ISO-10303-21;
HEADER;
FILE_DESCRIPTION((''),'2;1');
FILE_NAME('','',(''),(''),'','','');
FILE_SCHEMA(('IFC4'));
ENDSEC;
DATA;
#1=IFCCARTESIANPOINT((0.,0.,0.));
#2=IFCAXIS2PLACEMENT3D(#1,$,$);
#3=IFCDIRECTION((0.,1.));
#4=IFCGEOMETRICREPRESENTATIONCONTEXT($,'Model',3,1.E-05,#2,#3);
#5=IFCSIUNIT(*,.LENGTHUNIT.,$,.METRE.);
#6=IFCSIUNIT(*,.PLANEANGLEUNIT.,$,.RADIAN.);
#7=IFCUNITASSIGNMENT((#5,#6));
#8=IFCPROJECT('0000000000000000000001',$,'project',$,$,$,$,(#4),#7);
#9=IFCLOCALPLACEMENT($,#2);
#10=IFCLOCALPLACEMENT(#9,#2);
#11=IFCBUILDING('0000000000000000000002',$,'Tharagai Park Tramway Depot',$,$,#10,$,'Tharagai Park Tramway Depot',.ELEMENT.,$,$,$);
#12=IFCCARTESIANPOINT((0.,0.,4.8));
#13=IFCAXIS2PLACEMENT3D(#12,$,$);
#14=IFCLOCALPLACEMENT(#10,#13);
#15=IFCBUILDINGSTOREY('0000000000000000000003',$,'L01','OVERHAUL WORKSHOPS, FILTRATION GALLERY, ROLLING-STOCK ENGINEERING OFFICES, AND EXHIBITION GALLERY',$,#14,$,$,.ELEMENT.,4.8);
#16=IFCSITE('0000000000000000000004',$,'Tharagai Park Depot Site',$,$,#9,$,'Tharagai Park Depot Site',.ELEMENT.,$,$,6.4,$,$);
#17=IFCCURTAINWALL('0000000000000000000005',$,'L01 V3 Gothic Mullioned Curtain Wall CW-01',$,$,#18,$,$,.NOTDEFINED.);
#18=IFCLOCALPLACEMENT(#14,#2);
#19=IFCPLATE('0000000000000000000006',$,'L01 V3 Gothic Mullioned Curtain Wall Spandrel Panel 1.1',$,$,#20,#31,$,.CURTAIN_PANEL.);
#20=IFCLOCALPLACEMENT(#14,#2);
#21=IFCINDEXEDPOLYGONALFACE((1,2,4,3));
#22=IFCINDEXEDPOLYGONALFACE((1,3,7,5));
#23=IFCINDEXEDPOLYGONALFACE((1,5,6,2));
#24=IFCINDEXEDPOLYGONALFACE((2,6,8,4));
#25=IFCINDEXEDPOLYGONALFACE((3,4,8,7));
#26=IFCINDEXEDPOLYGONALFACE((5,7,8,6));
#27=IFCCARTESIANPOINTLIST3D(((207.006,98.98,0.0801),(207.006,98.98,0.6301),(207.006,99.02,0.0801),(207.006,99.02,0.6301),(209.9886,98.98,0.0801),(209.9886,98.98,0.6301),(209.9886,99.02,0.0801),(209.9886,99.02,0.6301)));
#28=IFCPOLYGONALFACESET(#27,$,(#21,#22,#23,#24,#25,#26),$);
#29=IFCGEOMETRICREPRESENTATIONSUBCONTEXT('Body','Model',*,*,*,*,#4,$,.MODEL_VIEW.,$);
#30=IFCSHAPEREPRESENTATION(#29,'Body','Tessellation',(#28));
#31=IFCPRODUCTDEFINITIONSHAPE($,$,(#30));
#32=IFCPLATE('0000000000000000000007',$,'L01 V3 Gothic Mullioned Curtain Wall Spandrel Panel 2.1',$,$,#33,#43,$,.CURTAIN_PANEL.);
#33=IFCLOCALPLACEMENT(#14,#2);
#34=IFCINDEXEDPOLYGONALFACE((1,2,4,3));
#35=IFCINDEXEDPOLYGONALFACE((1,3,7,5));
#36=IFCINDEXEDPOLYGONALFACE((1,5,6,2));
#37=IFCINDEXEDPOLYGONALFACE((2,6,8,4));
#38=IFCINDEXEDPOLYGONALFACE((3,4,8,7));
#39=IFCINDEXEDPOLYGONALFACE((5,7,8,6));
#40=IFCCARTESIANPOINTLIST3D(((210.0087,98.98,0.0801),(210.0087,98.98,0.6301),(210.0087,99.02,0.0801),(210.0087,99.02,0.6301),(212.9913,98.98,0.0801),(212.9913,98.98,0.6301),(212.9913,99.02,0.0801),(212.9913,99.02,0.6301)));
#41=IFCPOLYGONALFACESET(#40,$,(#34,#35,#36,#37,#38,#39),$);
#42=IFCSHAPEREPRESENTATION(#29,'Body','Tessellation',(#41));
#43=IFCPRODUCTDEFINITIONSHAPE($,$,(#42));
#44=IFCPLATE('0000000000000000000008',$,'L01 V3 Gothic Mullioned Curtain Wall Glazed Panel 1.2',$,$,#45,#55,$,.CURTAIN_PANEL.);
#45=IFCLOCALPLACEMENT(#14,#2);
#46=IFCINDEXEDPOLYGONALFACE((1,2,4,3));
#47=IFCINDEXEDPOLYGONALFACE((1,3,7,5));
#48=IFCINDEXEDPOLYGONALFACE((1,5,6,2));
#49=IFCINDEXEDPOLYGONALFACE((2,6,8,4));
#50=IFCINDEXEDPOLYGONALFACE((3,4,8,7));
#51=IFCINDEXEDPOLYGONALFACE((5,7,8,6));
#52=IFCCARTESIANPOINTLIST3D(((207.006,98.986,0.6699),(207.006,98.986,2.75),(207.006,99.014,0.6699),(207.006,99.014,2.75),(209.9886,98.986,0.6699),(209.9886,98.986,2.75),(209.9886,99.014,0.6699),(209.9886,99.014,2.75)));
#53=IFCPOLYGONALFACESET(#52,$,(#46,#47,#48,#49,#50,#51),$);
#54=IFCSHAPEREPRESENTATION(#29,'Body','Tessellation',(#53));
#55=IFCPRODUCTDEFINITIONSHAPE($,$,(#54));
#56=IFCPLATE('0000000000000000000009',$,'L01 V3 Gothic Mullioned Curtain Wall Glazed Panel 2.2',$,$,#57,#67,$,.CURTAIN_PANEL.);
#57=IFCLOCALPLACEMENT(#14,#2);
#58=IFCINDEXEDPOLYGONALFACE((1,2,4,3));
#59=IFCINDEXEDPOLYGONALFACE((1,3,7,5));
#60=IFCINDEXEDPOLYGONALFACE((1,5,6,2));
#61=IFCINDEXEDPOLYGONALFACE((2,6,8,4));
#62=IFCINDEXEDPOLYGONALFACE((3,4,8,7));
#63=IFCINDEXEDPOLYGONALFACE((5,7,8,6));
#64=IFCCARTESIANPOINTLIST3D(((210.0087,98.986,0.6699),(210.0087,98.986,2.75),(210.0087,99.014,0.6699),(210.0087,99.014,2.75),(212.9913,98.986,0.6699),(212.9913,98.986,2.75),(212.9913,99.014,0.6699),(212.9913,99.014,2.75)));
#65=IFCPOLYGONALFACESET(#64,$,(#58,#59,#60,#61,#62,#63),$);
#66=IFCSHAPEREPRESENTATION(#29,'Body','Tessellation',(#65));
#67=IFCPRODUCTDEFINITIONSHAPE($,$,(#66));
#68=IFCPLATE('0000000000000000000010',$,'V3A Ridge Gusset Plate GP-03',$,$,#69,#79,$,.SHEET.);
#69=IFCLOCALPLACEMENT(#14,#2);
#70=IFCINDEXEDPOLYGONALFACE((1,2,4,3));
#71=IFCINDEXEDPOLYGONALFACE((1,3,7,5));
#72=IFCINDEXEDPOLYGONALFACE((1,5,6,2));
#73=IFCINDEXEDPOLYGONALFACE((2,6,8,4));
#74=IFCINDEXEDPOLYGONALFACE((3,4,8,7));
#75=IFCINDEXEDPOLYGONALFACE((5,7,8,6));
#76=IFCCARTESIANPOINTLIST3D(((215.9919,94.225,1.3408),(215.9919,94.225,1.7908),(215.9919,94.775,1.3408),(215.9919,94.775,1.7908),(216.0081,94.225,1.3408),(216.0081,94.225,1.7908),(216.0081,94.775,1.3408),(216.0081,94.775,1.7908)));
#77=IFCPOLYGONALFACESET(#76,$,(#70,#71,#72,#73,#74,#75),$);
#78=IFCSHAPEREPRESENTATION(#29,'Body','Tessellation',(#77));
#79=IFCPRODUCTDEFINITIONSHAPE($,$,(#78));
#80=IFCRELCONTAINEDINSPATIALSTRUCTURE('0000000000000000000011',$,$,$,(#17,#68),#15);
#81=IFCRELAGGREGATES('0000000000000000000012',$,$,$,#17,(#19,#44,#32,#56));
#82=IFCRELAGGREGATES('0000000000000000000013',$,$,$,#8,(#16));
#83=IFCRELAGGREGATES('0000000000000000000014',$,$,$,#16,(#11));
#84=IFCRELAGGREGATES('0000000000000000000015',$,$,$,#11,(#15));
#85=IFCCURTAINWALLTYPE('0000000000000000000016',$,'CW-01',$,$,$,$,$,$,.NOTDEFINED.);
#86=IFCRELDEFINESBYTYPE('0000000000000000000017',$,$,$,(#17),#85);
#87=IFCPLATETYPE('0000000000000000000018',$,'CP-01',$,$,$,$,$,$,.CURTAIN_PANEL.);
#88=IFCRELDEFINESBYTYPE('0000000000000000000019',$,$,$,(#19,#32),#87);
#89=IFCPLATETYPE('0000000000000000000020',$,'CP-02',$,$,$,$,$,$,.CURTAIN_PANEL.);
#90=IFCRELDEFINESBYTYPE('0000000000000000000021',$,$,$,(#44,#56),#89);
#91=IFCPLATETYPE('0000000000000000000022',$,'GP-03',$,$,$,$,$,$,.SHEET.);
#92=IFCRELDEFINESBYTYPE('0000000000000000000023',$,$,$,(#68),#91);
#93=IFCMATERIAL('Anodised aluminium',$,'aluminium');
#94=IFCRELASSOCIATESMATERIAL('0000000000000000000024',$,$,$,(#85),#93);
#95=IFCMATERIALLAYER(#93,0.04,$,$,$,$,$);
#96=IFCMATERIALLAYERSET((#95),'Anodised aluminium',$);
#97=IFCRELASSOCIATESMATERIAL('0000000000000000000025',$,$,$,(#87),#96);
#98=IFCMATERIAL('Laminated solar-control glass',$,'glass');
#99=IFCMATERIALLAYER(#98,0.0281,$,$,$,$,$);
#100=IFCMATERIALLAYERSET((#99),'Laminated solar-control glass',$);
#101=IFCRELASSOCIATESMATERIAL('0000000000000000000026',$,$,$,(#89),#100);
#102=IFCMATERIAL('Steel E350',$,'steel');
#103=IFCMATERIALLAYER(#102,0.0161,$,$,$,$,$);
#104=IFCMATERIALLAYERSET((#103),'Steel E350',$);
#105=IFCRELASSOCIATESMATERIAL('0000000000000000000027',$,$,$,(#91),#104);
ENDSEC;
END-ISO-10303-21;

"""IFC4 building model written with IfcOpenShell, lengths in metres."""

from ifc_helpers import new_model, si_unit, direction, frame, origin, origin_2d, place, context, subcontext, project, spatial, rectangle, extrude, material, layer, layer_set, type_object, element, aggregate, save


model = new_model("IFC4")

# Units and contexts
model_context = context("Model", 3, precision=1e-05, world=origin(), true_north=direction((0.0, 1.0)))
body_context = subcontext(model_context, "Body", "Model", "MODEL_VIEW")
ifc_project = project(units=[si_unit("LENGTHUNIT", "METRE"), si_unit("PLANEANGLEUNIT", "RADIAN")], contexts=[model_context])

# Site, building, storey
site_placement = place(None, origin())
site = spatial("IfcSite", under=ifc_project, at=site_placement, Name="Tharagai Park Depot Site", LongName="Tharagai Park Depot Site", CompositionType="ELEMENT", RefElevation=6.4)
building_placement = place(site_placement, origin())
building = spatial("IfcBuilding", under=site, at=building_placement, Name="Tharagai Park Tramway Depot", LongName="Tharagai Park Tramway Depot", CompositionType="ELEMENT")
storey_placement = place(building_placement, frame((0.0, 0.0, 4.8)))
storey = spatial("IfcBuildingStorey", under=building, at=storey_placement, Name="L01", Description="OVERHAUL WORKSHOPS, FILTRATION GALLERY, ROLLING-STOCK ENGINEERING OFFICES, AND EXHIBITION GALLERY", CompositionType="ELEMENT", Elevation=4.8)

# Shared definitions
ifc_material_1 = material(Name="Steel E350", Category="steel")

# Curtain wall
ifc_material_2 = material(Name="Anodised aluminium", Category="aluminium")
curtain_wall_type = type_object("IfcCurtainWallType", Name="CW-01", PredefinedType="NOTDEFINED", material=ifc_material_2)
curtain_wall_placement = place(storey_placement, origin())
curtain_wall = element("IfcCurtainWall", 1, at=curtain_wall_placement, inside=storey, type_object=curtain_wall_type, Name="L01 V3 Gothic Mullioned Curtain Wall CW-01", PredefinedType="NOTDEFINED")

# Plates
ifc_layer_1 = layer(ifc_material_2, 0.04)
ifc_layer_set_1 = layer_set([ifc_layer_1], Name="Anodised aluminium")
plate_type_1 = type_object("IfcPlateType", Name="CP-01", PredefinedType="CURTAIN_PANEL", material=ifc_layer_set_1)
plate_1_placement = place(storey_placement, frame((208.4973, 99.0, 0.0801), z_axis=(0.0, 0.0, 1.0), x_axis=(1.0, 0.0, 0.0)))
plate_1 = element("IfcPlate", 2, at=plate_1_placement, type_object=plate_type_1, Name="L01 V3 Gothic Mullioned Curtain Wall Spandrel Panel 1.1", PredefinedType="CURTAIN_PANEL", context=body_context, shape_type="SweptSolid", body=[
    extrude(rectangle(XDim=2.9827, YDim=0.04, at=origin_2d()), origin(), (0.0, 0.0, 1.0), 0.55),
])
plate_2_placement = place(storey_placement, frame((211.5, 99.0, 0.0801), z_axis=(0.0, 0.0, 1.0), x_axis=(1.0, 0.0, 0.0)))
plate_2 = element("IfcPlate", 3, at=plate_2_placement, type_object=plate_type_1, Name="L01 V3 Gothic Mullioned Curtain Wall Spandrel Panel 2.1", PredefinedType="CURTAIN_PANEL", context=body_context, shape_type="SweptSolid", body=[
    extrude(rectangle(XDim=2.9827, YDim=0.04, at=origin_2d()), origin(), (0.0, 0.0, 1.0), 0.55),
])
ifc_material_3 = material(Name="Laminated solar-control glass", Category="glass")
ifc_layer_2 = layer(ifc_material_3, 0.0281)
ifc_layer_set_2 = layer_set([ifc_layer_2], Name="Laminated solar-control glass")
plate_type_2 = type_object("IfcPlateType", Name="CP-02", PredefinedType="CURTAIN_PANEL", material=ifc_layer_set_2)
plate_3_placement = place(storey_placement, frame((208.4973, 99.0, 0.6699), z_axis=(0.0, 0.0, 1.0), x_axis=(1.0, 0.0, 0.0)))
plate_3 = element("IfcPlate", 4, at=plate_3_placement, type_object=plate_type_2, Name="L01 V3 Gothic Mullioned Curtain Wall Glazed Panel 1.2", PredefinedType="CURTAIN_PANEL", context=body_context, shape_type="SweptSolid", body=[
    extrude(rectangle(XDim=2.9827, YDim=0.0281, at=origin_2d()), origin(), (0.0, 0.0, 1.0), 2.0801),
])
plate_4_placement = place(storey_placement, frame((211.5, 99.0, 0.6699), z_axis=(0.0, 0.0, 1.0), x_axis=(1.0, 0.0, 0.0)))
plate_4 = element("IfcPlate", 5, at=plate_4_placement, type_object=plate_type_2, Name="L01 V3 Gothic Mullioned Curtain Wall Glazed Panel 2.2", PredefinedType="CURTAIN_PANEL", context=body_context, shape_type="SweptSolid", body=[
    extrude(rectangle(XDim=2.9827, YDim=0.0281, at=origin_2d()), origin(), (0.0, 0.0, 1.0), 2.0801),
])
aggregate(curtain_wall, [plate_1, plate_3, plate_2, plate_4])
ifc_layer_3 = layer(ifc_material_1, 0.0161)
ifc_layer_set_3 = layer_set([ifc_layer_3], Name="Steel E350")
plate_type_3 = type_object("IfcPlateType", Name="GP-03", PredefinedType="SHEET", material=ifc_layer_set_3)
plate_5_placement = place(storey_placement, frame((216.0, 94.5, 1.3408), z_axis=(0.0, 0.0, 1.0), x_axis=(1.0, 0.0, 0.0)))
element("IfcPlate", 6, at=plate_5_placement, inside=storey, type_object=plate_type_3, Name="V3A Ridge Gusset Plate GP-03", PredefinedType="SHEET", context=body_context, shape_type="SweptSolid", body=[
    extrude(rectangle(XDim=0.0161, YDim=0.55, at=origin_2d()), origin(), (0.0, 0.0, 1.0), 0.45),
])

save(model, "model.ifc")
